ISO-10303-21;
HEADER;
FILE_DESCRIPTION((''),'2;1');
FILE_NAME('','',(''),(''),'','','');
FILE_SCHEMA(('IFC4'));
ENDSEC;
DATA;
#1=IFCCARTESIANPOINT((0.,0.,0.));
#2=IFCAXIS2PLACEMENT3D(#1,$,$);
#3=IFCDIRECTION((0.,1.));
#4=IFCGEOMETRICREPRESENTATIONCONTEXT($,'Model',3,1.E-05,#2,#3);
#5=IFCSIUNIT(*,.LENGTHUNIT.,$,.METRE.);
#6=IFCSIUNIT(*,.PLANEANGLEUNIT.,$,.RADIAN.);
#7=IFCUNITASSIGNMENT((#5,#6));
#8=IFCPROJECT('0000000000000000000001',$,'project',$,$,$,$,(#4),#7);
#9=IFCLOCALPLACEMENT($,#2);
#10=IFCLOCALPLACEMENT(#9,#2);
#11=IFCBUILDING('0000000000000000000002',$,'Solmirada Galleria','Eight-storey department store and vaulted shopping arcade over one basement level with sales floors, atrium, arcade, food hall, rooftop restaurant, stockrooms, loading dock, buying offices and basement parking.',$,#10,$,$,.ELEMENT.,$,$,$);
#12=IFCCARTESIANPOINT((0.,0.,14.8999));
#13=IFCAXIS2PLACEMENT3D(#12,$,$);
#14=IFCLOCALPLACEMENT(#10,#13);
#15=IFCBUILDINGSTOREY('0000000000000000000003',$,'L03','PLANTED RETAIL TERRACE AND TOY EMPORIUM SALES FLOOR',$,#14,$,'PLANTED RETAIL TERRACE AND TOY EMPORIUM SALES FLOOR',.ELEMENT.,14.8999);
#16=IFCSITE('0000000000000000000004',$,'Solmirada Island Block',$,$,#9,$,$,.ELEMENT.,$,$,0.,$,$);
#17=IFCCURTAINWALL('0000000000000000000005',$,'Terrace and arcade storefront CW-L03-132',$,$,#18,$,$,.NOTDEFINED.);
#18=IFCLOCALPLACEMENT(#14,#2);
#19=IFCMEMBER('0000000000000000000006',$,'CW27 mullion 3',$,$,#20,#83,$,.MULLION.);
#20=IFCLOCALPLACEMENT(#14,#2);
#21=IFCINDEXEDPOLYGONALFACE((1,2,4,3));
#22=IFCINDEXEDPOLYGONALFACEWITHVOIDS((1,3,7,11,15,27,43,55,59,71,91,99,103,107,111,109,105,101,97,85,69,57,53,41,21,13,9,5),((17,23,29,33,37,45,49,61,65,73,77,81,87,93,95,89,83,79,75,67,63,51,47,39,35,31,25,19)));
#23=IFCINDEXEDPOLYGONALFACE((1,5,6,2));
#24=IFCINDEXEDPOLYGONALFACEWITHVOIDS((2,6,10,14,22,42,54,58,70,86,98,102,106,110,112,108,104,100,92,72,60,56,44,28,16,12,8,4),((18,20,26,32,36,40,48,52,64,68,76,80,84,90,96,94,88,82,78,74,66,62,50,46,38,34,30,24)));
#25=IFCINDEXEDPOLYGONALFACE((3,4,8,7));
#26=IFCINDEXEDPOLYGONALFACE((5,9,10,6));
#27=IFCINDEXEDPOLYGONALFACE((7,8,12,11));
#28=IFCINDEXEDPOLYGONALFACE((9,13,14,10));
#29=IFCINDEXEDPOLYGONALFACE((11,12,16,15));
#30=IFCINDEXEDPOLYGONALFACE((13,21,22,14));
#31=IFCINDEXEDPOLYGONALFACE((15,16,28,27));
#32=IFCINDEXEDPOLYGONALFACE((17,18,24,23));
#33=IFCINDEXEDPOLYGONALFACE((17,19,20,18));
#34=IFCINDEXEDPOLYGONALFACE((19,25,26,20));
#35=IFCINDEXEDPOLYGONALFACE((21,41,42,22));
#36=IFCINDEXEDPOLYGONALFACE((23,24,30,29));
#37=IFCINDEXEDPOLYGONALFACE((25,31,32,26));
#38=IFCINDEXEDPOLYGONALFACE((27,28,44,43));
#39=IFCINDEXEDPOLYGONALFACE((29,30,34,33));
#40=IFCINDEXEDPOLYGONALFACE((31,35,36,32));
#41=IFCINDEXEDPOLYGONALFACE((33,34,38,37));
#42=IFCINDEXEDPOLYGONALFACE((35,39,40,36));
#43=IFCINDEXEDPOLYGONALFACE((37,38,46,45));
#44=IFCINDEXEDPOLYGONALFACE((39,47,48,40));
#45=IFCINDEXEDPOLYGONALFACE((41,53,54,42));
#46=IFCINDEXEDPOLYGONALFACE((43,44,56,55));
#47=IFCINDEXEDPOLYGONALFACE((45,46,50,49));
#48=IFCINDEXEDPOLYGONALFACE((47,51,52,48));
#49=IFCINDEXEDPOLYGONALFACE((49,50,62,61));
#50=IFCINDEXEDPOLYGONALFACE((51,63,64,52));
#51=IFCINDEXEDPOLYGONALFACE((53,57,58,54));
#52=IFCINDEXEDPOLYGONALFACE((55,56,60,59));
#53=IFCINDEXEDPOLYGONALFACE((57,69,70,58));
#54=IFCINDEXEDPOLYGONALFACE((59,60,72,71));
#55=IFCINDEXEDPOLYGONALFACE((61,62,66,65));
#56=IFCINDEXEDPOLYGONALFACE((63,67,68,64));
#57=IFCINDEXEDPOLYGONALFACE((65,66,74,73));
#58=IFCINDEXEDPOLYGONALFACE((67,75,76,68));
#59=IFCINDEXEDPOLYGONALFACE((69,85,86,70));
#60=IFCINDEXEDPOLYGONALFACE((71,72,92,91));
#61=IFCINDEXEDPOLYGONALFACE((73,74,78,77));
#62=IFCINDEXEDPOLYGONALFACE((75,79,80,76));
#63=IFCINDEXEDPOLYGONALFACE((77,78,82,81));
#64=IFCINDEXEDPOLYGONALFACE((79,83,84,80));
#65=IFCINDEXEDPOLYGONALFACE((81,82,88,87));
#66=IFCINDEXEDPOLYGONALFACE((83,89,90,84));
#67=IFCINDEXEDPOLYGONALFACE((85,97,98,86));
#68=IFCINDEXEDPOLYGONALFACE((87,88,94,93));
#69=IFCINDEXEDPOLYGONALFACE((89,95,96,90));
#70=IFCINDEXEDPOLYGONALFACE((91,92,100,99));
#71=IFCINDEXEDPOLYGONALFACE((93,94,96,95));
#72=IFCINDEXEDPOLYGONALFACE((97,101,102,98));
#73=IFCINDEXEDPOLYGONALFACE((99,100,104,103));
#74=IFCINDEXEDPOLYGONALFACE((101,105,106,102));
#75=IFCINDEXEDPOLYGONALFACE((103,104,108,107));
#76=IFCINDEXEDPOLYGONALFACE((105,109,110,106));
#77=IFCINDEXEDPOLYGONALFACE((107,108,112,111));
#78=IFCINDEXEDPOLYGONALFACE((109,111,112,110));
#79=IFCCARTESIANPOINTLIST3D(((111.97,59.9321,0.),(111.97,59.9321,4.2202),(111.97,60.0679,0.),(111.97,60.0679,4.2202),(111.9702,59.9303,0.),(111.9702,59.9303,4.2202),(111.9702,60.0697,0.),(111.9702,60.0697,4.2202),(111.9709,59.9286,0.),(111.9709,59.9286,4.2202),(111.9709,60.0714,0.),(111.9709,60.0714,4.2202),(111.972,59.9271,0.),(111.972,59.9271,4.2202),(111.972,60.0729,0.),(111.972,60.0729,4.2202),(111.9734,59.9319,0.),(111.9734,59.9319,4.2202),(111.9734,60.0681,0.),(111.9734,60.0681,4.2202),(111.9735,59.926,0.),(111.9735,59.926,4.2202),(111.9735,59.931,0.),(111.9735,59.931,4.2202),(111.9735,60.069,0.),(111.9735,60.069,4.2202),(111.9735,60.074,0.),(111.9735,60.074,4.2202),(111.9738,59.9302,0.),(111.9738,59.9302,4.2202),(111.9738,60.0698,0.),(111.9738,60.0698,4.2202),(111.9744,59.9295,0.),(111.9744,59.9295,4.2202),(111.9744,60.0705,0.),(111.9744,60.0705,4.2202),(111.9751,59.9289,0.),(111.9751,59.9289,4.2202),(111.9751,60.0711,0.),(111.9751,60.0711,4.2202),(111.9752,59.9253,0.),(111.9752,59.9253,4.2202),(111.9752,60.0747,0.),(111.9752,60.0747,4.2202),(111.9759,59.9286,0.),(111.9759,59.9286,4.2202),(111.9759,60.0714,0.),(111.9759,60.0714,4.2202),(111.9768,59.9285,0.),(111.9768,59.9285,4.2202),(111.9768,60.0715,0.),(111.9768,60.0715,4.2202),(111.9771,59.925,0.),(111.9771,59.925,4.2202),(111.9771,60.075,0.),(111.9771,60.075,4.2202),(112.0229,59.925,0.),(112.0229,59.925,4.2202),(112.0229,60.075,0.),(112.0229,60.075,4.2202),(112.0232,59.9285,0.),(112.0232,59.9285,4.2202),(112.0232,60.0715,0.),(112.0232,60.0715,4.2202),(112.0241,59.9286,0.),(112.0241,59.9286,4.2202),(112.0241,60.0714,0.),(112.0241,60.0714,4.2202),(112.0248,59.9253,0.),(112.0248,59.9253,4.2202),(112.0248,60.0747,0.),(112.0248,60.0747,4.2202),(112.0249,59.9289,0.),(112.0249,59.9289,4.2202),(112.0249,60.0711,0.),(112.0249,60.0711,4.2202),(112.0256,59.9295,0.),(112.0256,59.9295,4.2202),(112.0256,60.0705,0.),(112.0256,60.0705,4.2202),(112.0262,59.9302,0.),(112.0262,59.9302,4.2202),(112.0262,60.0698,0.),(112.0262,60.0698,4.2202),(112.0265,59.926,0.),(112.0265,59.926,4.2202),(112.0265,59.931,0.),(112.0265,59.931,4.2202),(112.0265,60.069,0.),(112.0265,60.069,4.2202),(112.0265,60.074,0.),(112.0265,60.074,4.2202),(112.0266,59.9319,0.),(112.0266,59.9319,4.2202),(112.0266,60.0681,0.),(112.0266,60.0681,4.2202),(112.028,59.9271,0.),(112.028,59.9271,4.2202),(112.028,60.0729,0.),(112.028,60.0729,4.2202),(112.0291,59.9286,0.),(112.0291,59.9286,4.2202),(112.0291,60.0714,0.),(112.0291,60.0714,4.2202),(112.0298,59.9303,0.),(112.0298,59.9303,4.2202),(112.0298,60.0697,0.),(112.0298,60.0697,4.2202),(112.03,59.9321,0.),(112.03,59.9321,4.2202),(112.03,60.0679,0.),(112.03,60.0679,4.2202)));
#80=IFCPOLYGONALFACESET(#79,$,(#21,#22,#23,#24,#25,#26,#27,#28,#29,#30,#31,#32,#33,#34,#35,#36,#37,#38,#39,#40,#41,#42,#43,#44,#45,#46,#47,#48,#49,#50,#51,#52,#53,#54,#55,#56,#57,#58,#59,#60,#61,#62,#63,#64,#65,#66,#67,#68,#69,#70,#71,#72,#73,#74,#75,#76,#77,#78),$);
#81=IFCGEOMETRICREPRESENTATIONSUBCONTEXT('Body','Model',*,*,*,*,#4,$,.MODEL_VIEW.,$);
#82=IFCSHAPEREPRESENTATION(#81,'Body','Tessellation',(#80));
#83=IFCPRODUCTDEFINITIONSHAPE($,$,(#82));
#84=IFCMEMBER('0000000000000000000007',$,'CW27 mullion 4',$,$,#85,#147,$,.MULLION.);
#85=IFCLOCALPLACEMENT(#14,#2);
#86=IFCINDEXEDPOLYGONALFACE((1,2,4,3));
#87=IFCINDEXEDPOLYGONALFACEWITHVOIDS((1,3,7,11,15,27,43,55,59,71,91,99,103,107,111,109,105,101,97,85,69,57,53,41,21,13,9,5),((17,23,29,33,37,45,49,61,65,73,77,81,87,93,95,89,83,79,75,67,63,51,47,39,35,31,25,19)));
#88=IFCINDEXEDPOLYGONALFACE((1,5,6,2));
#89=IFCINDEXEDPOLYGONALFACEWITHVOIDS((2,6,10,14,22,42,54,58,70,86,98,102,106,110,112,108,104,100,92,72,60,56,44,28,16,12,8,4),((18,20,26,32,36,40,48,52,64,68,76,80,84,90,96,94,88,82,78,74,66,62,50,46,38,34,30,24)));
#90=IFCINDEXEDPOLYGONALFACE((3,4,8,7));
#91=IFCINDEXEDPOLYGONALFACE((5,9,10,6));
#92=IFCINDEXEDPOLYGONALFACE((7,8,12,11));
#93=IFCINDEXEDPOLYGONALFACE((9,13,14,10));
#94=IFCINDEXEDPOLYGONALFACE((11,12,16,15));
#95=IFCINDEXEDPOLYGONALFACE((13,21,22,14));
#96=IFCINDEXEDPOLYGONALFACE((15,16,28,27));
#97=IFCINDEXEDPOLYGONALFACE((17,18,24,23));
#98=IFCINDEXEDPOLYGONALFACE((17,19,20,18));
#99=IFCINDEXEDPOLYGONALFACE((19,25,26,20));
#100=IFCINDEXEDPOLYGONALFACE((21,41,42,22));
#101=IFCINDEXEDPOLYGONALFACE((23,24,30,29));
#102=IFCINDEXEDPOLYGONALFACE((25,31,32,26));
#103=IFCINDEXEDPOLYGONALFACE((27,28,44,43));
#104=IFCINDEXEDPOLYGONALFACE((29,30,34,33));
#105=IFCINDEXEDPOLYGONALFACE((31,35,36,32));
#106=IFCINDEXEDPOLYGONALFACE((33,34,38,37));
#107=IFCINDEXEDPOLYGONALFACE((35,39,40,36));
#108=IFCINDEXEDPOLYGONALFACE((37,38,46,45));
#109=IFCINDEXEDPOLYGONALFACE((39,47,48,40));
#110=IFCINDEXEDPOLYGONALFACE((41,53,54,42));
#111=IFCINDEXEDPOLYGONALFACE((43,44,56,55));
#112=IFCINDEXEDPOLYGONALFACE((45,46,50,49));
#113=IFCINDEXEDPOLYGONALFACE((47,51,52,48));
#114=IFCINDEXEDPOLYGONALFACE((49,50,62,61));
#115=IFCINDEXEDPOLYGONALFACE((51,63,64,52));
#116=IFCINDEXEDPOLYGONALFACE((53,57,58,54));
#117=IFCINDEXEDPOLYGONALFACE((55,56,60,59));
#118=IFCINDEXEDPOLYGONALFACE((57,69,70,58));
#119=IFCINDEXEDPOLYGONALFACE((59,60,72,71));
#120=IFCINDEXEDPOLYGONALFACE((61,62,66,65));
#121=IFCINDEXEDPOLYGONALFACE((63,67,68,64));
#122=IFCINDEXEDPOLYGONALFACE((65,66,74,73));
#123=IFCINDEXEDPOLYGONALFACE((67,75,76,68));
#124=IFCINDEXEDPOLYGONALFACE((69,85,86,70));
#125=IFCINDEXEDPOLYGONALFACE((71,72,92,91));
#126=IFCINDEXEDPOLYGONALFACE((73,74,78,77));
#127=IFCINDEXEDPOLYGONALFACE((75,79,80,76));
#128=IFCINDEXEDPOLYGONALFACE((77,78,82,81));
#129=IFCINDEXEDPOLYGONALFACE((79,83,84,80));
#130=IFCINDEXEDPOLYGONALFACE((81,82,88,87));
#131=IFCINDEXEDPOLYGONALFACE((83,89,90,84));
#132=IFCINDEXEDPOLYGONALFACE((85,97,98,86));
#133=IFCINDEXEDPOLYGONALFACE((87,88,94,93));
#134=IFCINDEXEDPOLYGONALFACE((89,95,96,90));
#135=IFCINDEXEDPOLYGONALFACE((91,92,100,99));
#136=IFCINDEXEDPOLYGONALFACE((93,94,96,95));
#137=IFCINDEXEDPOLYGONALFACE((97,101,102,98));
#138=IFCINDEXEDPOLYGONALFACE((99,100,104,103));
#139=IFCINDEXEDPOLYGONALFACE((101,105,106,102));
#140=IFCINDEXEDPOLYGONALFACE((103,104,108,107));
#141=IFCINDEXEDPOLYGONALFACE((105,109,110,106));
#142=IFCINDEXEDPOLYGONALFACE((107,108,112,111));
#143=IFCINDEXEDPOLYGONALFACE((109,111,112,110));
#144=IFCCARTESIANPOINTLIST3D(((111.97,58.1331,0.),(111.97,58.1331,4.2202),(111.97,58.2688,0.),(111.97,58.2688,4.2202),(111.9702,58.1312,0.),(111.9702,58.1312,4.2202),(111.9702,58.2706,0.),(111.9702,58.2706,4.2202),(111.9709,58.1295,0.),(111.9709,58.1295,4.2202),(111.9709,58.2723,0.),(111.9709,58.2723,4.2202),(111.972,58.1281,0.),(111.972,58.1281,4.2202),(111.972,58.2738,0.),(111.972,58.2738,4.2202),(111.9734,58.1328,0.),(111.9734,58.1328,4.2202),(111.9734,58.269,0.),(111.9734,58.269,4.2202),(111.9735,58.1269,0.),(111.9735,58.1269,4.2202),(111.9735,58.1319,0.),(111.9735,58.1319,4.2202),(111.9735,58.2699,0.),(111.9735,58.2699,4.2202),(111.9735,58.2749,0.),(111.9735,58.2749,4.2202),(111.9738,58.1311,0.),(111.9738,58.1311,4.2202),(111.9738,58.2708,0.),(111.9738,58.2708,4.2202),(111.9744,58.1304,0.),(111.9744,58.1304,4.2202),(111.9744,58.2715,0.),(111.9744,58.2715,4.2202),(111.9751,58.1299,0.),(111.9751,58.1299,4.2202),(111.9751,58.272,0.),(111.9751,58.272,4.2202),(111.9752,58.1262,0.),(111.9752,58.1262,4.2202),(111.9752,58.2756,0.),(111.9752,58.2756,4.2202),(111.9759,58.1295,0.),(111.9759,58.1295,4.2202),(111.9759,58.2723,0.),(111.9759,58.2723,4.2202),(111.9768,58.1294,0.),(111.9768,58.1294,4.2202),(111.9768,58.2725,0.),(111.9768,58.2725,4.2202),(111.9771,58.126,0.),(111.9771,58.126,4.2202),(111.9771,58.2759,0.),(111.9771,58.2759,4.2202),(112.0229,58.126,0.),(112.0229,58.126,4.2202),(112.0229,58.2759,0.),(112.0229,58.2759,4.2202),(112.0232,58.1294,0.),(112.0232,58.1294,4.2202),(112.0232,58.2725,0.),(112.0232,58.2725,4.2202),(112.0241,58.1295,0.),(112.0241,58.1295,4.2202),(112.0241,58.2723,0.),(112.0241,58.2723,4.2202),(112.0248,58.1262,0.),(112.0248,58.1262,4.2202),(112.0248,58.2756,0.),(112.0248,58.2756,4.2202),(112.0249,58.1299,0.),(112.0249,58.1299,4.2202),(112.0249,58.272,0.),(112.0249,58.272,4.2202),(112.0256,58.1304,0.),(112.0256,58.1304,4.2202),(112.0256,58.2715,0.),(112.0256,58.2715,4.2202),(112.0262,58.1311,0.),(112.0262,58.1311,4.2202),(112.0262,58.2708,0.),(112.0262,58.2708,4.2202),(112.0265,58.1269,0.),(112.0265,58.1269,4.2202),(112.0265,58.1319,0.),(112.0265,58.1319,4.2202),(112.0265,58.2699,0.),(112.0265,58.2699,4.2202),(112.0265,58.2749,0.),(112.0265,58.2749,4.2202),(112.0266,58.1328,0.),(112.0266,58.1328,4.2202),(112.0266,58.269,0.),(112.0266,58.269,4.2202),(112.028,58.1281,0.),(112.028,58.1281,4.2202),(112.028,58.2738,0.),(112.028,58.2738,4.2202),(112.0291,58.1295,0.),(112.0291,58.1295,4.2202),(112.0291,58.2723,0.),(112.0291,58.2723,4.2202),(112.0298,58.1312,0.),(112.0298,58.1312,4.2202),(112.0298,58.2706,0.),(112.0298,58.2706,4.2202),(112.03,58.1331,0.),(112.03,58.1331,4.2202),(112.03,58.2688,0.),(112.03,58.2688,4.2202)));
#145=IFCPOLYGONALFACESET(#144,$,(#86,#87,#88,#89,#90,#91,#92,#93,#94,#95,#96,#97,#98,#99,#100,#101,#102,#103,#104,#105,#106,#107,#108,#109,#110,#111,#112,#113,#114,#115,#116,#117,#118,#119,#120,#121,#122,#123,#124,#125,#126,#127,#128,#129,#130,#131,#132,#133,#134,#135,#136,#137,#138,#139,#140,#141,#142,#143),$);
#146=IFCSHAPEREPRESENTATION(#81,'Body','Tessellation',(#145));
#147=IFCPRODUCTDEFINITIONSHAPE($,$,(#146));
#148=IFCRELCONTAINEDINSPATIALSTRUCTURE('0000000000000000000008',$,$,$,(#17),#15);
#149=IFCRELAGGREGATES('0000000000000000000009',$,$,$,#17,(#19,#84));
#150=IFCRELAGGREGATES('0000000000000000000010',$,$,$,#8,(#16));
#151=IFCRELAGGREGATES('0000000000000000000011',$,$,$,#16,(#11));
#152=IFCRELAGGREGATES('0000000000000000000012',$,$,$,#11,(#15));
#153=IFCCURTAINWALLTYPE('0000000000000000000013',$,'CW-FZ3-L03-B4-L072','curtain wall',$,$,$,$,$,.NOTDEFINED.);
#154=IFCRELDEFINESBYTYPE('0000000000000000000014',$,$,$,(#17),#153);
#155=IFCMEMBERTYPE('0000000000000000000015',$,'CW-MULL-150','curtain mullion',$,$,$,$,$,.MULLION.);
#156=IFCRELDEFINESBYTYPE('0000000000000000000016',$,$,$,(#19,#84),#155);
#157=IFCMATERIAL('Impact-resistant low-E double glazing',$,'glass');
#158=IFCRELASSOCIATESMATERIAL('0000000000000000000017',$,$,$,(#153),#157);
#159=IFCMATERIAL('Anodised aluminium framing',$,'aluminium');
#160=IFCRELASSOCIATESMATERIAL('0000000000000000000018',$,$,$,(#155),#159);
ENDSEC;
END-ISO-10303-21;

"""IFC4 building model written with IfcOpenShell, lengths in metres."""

from ifc_helpers import new_model, si_unit, direction, frame, origin, origin_2d, place, context, subcontext, project, spatial, hollow_rectangle, extrude, material, material_profile, profile_set, type_object, element, aggregate, save


model = new_model("IFC4")

# Units and contexts
model_context = context("Model", 3, precision=1e-05, world=origin(), true_north=direction((0.0, 1.0)))
body_context = subcontext(model_context, "Body", "Model", "MODEL_VIEW")
ifc_project = project(units=[si_unit("LENGTHUNIT", "METRE"), si_unit("PLANEANGLEUNIT", "RADIAN")], contexts=[model_context])

# Site, building, storey
site_placement = place(None, origin())
site = spatial("IfcSite", under=ifc_project, at=site_placement, Name="Solmirada Island Block", CompositionType="ELEMENT", RefElevation=0.0)
building_placement = place(site_placement, origin())
building = spatial("IfcBuilding", under=site, at=building_placement, Name="Solmirada Galleria", Description="Eight-storey department store and vaulted shopping arcade over one basement level with sales floors, atrium, arcade, food hall, rooftop restaurant, stockrooms, loading dock, buying offices and basement parking.", CompositionType="ELEMENT")
storey_placement = place(building_placement, frame((0.0, 0.0, 14.8999)))
storey = spatial("IfcBuildingStorey", under=building, at=storey_placement, Name="L03", Description="PLANTED RETAIL TERRACE AND TOY EMPORIUM SALES FLOOR", LongName="PLANTED RETAIL TERRACE AND TOY EMPORIUM SALES FLOOR", CompositionType="ELEMENT", Elevation=14.8999)

# Curtain wall, members
ifc_material_1 = material(Name="Impact-resistant low-E double glazing", Category="glass")
curtain_wall_type = type_object("IfcCurtainWallType", Name="CW-FZ3-L03-B4-L072", Description="curtain wall", PredefinedType="NOTDEFINED", material=ifc_material_1)
curtain_wall_placement = place(storey_placement, origin())
curtain_wall = element("IfcCurtainWall", 1, at=curtain_wall_placement, inside=storey, type_object=curtain_wall_type, Name="Terrace and arcade storefront CW-L03-132", PredefinedType="NOTDEFINED")
ifc_material_2 = material(Name="Anodised aluminium framing", Category="aluminium")
ifc_material_profile_1 = material_profile(ifc_material_2, hollow_rectangle(XDim=0.0601, YDim=0.1499, WallThickness=0.0034, InnerFilletRadius=0.0034, OuterFilletRadius=0.0071, at=origin_2d()), Name="ALU-MULL-150X60")
ifc_profile_set_1 = profile_set([ifc_material_profile_1], Name="Anodised aluminium framing")
member_type_1 = type_object("IfcMemberType", Name="CW-MULL-150", Description="curtain mullion", PredefinedType="MULLION", material=ifc_profile_set_1)
member_1_placement = place(storey_placement, frame((112.0, 60.0, 0.0), z_axis=(0.0, 0.0, 1.0), x_axis=(1.0, 0.0, 0.0)))
member_1 = element("IfcMember", 2, at=member_1_placement, type_object=member_type_1, Name="CW27 mullion 3", PredefinedType="MULLION", context=body_context, shape_type="SweptSolid", body=[
    extrude(hollow_rectangle(XDim=0.0601, YDim=0.1499, WallThickness=0.0034, InnerFilletRadius=0.0034, OuterFilletRadius=0.0071, at=origin_2d()), origin(), (0.0, 0.0, 1.0), 4.2202),
])
member_2_placement = place(storey_placement, frame((112.0, 58.2009, 0.0), z_axis=(0.0, 0.0, 1.0), x_axis=(1.0, 0.0, 0.0)))
member_2 = element("IfcMember", 3, at=member_2_placement, type_object=member_type_1, Name="CW27 mullion 4", PredefinedType="MULLION", context=body_context, shape_type="SweptSolid", body=[
    extrude(hollow_rectangle(XDim=0.0601, YDim=0.1499, WallThickness=0.0034, InnerFilletRadius=0.0034, OuterFilletRadius=0.0071, at=origin_2d()), origin(), (0.0, 0.0, 1.0), 4.2202),
])
aggregate(curtain_wall, [member_1, member_2])

save(model, "model.ifc")
